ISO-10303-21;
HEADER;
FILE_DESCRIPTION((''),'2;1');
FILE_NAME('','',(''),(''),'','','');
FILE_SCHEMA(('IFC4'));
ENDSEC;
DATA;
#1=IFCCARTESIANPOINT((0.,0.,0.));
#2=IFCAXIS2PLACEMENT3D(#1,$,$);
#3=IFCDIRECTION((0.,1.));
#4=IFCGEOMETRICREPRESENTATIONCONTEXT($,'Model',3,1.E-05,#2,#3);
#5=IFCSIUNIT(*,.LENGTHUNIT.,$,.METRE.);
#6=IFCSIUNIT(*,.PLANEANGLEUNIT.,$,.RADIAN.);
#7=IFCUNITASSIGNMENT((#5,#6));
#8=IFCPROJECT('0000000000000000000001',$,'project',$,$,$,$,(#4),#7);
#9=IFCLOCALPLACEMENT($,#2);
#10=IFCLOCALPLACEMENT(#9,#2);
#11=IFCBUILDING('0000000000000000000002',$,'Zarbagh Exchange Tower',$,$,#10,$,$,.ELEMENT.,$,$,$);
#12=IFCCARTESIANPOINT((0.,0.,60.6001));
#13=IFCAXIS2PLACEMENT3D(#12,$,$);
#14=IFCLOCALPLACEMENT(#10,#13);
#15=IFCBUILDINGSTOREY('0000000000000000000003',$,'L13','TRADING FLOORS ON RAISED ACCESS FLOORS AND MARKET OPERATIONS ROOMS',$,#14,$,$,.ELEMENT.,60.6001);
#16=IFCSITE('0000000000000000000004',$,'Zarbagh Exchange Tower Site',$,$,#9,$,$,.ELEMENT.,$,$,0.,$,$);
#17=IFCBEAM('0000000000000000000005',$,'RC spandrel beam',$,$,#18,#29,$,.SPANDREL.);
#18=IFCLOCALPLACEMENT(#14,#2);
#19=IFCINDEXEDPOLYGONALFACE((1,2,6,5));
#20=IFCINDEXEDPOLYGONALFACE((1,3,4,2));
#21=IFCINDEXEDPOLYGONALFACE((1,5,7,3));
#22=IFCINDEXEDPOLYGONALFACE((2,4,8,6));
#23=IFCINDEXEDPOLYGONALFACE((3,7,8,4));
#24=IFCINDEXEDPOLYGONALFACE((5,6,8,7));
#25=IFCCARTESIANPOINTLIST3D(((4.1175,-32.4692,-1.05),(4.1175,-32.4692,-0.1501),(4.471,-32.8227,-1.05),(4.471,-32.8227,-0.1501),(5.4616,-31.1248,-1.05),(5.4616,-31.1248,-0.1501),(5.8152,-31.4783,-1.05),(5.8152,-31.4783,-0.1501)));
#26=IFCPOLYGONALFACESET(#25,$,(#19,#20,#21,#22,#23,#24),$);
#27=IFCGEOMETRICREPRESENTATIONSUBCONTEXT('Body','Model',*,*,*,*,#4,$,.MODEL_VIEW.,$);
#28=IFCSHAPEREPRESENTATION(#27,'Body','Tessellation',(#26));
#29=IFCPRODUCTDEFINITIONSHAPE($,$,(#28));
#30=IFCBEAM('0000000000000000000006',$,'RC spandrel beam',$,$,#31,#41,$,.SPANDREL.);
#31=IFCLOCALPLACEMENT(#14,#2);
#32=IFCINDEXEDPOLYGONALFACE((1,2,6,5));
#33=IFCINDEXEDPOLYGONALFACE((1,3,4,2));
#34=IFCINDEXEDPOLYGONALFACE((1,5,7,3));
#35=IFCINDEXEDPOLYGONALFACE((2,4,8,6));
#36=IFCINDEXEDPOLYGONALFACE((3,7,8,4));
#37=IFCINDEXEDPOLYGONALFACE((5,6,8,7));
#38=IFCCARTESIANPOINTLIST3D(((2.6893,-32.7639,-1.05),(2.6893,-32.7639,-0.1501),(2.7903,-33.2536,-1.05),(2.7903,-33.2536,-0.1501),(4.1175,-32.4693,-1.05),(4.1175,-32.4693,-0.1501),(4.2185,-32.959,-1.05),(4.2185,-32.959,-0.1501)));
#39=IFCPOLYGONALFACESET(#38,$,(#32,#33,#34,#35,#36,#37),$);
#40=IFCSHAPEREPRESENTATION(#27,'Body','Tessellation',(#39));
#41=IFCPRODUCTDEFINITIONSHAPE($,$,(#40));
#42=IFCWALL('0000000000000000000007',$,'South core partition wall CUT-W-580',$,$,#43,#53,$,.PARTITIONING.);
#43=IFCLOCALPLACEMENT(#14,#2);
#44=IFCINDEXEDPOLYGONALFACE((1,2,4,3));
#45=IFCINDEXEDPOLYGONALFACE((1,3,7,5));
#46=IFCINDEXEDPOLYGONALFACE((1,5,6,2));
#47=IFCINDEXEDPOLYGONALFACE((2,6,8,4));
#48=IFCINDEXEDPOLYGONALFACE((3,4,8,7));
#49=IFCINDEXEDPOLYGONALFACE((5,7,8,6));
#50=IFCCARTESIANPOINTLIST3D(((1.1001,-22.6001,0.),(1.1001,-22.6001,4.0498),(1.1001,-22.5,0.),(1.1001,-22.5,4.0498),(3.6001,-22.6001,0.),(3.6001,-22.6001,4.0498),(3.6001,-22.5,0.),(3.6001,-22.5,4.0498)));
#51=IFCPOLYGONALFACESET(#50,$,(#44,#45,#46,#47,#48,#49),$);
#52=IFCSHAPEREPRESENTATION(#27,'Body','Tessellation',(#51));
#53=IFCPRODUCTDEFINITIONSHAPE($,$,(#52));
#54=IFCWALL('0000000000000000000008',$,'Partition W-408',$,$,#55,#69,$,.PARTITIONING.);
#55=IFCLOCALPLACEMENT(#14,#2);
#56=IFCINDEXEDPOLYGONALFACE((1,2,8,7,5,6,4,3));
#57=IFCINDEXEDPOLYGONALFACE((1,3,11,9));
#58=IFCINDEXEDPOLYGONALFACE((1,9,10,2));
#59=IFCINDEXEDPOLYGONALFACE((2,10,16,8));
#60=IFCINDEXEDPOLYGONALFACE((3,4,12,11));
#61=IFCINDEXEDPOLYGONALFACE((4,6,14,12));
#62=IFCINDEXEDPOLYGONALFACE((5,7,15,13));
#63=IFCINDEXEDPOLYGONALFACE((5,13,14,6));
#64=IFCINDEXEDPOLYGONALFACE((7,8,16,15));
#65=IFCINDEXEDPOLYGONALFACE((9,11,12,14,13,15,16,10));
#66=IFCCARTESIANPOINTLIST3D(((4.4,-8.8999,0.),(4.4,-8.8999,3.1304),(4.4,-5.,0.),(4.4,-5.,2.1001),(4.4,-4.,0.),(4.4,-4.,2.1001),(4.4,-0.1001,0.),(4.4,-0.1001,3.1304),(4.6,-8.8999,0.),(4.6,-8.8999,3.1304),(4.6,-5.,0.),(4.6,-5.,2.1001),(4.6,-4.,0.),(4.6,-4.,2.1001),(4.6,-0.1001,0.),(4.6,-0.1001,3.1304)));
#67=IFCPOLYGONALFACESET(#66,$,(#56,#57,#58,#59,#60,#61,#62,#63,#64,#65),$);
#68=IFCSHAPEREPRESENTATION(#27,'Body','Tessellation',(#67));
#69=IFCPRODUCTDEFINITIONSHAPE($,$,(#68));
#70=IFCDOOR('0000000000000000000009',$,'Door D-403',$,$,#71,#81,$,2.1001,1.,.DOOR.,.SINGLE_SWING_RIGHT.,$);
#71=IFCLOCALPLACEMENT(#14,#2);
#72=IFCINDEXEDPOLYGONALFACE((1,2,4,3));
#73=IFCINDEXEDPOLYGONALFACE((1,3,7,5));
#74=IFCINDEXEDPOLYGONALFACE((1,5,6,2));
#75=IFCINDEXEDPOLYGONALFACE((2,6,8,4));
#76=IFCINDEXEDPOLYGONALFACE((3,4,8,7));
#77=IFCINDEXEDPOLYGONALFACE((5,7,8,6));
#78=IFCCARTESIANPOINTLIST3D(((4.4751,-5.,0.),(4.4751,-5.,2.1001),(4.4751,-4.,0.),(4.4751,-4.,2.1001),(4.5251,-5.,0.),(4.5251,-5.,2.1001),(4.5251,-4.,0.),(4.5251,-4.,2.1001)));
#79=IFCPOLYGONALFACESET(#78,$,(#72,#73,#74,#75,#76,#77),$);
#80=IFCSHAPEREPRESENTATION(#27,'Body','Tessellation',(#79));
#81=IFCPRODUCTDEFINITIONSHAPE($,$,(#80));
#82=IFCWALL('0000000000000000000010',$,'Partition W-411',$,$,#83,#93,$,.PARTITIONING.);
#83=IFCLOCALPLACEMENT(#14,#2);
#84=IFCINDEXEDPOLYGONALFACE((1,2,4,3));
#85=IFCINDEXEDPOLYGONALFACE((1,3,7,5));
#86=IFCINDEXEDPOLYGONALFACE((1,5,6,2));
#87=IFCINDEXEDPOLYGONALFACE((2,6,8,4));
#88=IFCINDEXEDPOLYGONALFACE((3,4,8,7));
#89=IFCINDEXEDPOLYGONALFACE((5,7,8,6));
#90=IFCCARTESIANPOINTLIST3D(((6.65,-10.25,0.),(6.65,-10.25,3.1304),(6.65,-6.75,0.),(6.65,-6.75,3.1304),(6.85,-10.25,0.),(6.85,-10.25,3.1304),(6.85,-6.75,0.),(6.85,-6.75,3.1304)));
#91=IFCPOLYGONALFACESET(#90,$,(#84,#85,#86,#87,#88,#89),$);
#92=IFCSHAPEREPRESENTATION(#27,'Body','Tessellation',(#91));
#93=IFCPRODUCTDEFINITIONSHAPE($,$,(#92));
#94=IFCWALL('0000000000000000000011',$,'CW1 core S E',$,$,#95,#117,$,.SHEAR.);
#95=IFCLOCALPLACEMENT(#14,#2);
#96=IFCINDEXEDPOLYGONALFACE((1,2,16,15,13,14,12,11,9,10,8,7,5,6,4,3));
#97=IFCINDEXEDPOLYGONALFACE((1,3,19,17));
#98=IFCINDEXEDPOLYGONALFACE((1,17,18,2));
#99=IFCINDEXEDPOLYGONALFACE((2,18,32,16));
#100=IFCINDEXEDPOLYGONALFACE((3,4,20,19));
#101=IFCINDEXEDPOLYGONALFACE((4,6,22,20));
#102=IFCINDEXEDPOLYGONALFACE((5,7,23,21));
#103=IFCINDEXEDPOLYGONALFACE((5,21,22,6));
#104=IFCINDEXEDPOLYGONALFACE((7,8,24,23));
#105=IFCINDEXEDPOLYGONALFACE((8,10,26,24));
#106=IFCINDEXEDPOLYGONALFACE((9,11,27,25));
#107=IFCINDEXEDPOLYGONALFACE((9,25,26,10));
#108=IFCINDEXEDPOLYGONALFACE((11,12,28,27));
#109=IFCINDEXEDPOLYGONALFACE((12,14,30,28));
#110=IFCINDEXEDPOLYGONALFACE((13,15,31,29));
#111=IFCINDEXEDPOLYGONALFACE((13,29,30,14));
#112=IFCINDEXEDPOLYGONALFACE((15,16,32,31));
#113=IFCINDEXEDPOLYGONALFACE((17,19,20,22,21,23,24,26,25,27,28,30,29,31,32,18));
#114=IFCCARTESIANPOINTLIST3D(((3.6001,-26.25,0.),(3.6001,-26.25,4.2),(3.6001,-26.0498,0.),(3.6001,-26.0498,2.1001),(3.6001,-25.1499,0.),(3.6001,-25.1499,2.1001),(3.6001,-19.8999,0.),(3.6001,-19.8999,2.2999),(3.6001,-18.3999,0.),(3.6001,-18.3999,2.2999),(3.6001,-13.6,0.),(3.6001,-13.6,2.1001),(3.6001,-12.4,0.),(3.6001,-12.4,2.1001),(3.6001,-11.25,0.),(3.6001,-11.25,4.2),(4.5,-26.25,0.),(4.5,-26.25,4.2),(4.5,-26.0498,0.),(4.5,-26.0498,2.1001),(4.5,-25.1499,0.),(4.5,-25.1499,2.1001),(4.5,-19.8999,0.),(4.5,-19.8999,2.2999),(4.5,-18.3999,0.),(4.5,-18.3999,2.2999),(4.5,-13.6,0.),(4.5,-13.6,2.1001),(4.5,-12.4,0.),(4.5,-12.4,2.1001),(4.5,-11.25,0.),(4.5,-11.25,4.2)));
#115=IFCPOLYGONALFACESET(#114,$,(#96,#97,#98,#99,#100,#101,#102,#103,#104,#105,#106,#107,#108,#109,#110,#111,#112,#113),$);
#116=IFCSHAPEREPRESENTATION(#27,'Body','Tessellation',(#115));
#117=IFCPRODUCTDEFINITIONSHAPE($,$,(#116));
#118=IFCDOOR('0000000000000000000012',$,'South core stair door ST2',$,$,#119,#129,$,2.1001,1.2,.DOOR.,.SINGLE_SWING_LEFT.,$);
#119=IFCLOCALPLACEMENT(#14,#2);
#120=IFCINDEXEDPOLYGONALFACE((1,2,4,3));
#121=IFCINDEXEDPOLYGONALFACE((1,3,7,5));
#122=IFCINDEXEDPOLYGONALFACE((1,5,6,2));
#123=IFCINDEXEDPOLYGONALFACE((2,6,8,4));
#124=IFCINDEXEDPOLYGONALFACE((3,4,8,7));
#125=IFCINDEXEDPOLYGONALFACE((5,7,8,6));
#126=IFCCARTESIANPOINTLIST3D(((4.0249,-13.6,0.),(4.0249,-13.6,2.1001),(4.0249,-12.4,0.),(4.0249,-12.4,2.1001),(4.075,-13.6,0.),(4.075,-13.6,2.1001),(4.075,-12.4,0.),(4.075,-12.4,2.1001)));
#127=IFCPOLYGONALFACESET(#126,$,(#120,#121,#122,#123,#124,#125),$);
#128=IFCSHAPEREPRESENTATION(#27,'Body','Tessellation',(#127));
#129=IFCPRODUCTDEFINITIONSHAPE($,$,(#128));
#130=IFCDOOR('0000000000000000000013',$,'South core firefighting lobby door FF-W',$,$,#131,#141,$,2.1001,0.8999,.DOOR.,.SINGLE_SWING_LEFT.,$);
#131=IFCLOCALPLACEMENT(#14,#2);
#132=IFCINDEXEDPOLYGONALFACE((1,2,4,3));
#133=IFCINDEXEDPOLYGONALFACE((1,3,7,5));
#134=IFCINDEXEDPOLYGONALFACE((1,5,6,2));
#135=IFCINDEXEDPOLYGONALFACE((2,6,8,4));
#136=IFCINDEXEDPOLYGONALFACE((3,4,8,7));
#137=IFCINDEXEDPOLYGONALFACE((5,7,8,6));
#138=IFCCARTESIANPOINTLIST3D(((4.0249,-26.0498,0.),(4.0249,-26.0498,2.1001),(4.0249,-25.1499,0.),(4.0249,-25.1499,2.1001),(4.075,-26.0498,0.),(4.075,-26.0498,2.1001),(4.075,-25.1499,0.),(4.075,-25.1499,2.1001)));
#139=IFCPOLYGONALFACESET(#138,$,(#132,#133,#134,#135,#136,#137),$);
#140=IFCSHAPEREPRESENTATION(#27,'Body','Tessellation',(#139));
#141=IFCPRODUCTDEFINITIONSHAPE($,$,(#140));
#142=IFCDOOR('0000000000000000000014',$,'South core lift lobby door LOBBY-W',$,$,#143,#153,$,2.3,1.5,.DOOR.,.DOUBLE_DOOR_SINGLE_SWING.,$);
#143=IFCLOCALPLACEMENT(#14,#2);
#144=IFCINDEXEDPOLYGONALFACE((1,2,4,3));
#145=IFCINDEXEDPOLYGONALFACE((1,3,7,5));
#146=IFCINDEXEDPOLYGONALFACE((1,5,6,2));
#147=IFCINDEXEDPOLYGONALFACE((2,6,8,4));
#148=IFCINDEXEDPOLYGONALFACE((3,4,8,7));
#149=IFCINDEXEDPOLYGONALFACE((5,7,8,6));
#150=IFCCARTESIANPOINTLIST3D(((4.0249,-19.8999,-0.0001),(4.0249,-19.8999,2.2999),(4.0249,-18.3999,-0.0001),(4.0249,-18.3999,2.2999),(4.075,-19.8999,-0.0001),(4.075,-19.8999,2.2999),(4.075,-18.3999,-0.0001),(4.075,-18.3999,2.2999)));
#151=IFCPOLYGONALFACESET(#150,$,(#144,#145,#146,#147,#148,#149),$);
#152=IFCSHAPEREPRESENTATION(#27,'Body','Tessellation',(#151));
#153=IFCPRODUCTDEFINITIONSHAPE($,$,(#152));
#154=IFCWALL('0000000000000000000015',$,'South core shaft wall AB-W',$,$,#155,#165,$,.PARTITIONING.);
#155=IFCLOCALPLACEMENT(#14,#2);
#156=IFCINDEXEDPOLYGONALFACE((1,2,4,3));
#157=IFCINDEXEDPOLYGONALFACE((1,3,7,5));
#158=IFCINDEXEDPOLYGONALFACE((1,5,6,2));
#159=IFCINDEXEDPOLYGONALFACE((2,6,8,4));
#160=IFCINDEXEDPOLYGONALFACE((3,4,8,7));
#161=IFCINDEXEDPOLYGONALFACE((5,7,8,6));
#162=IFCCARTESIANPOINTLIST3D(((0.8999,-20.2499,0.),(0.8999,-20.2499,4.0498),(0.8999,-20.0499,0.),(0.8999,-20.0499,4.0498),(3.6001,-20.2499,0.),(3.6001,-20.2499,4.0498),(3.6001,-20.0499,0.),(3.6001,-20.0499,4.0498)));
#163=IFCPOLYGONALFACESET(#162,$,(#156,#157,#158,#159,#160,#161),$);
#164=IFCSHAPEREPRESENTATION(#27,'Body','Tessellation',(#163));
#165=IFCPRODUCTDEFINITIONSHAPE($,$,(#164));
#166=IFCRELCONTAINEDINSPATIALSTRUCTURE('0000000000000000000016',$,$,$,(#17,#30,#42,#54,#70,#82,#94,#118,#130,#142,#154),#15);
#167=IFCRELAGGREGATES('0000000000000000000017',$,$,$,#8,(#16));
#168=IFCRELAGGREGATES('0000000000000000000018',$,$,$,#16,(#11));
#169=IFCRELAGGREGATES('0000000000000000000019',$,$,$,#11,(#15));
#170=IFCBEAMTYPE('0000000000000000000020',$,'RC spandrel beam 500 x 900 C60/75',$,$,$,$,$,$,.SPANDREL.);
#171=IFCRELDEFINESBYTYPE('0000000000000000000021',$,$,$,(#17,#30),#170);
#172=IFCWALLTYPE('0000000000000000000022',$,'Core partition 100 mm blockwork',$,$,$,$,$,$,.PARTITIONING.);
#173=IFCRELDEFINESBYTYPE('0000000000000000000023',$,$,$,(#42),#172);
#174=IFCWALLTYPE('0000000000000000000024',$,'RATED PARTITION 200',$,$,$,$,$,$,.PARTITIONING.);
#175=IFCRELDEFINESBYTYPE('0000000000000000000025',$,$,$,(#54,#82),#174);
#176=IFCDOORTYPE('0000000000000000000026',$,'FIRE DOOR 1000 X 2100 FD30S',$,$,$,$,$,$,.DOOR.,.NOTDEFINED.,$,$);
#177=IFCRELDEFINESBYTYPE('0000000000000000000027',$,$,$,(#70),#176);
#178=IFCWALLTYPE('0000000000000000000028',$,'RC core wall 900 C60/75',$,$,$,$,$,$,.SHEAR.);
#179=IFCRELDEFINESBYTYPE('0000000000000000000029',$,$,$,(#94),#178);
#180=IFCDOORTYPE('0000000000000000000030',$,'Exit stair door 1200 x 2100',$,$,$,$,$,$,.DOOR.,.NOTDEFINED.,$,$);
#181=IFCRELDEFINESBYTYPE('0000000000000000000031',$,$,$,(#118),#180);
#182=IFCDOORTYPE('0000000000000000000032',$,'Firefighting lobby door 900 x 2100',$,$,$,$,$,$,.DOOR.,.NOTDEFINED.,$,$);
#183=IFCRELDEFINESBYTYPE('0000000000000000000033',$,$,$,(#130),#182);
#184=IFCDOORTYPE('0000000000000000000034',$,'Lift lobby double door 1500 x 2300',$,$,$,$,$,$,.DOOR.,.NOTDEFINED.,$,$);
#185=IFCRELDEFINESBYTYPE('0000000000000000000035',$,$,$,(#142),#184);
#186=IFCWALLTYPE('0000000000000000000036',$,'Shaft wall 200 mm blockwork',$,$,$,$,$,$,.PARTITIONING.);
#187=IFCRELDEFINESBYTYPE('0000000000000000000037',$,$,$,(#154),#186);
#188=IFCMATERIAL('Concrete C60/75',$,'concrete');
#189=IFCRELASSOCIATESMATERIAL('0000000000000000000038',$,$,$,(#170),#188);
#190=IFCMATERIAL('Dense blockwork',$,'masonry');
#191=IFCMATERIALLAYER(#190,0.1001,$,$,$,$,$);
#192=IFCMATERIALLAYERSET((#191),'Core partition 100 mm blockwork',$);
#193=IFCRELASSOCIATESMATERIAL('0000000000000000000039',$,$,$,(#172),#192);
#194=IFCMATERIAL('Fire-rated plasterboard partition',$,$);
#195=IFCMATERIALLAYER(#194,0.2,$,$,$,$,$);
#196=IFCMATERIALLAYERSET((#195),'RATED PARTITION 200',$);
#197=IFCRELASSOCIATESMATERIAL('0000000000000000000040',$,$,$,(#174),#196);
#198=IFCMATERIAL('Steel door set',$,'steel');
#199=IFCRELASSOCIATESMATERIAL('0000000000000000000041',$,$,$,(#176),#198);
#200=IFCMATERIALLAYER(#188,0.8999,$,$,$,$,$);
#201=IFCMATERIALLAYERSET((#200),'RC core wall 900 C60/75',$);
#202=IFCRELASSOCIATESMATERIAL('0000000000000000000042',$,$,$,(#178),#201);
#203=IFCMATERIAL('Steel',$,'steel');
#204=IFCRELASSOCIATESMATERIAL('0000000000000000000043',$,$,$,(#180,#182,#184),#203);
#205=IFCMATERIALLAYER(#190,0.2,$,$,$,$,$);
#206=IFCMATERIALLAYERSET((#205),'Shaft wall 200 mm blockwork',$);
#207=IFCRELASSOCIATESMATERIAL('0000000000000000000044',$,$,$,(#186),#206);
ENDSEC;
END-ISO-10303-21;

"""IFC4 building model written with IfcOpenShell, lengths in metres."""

from ifc_helpers import new_model, si_unit, direction, frame, frame_2d, origin, origin_2d, place, context, subcontext, project, spatial, rectangle, extrude, material, layer, layer_set, material_profile, profile_set, type_object, element, fill, save


model = new_model("IFC4")

# Units and contexts
model_context = context("Model", 3, precision=1e-05, world=origin(), true_north=direction((0.0, 1.0)))
body_context = subcontext(model_context, "Body", "Model", "MODEL_VIEW")
ifc_project = project(units=[si_unit("LENGTHUNIT", "METRE"), si_unit("PLANEANGLEUNIT", "RADIAN")], contexts=[model_context])

# Site, building, storey
site_placement = place(None, origin())
site = spatial("IfcSite", under=ifc_project, at=site_placement, Name="Zarbagh Exchange Tower Site", CompositionType="ELEMENT", RefElevation=0.0)
building_placement = place(site_placement, origin())
building = spatial("IfcBuilding", under=site, at=building_placement, Name="Zarbagh Exchange Tower", CompositionType="ELEMENT")
storey_placement = place(building_placement, frame((0.0, 0.0, 60.6001)))
storey = spatial("IfcBuildingStorey", under=building, at=storey_placement, Name="L13", Description="TRADING FLOORS ON RAISED ACCESS FLOORS AND MARKET OPERATIONS ROOMS", CompositionType="ELEMENT", Elevation=60.6001)

# Shared definitions
ifc_material_1 = material(Name="Concrete C60/75", Category="concrete")

# Beams
ifc_material_profile_1 = material_profile(ifc_material_1, rectangle(XDim=0.5, YDim=0.8999, at=origin_2d()), Name="RC spandrel beam 500 x 900 C60/75")
ifc_profile_set_1 = profile_set([ifc_material_profile_1], Name="Concrete C60/75")
beam_type_1 = type_object("IfcBeamType", Name="RC spandrel beam 500 x 900 C60/75", PredefinedType="SPANDREL", material=ifc_profile_set_1)
beam_1_placement = place(storey_placement, frame((5.6384, -31.3015, -0.6001), z_axis=(-0.707043, -0.707171, 0.0), x_axis=(0.707171, -0.707043, 0.0)))
element("IfcBeam", 1, at=beam_1_placement, inside=storey, type_object=beam_type_1, Name="RC spandrel beam", PredefinedType="SPANDREL", context=body_context, shape_type="SweptSolid", body=[
    extrude(rectangle(XDim=0.5, YDim=0.8999, at=origin_2d()), origin(), (0.0, 0.0, 1.0), 1.9011),
])
beam_2_placement = place(storey_placement, frame((4.168, -32.7141, -0.6001), z_axis=(-0.979371, -0.202069, 0.0), x_axis=(0.202069, -0.979371, 0.0)))
element("IfcBeam", 2, at=beam_2_placement, inside=storey, type_object=beam_type_1, Name="RC spandrel beam", PredefinedType="SPANDREL", context=body_context, shape_type="SweptSolid", body=[
    extrude(rectangle(XDim=0.5, YDim=0.8999, at=origin_2d()), origin(), (0.0, 0.0, 1.0), 1.4583),
])

# Wall
ifc_material_2 = material(Name="Dense blockwork", Category="masonry")
ifc_layer_1 = layer(ifc_material_2, 0.1001)
ifc_layer_set_1 = layer_set([ifc_layer_1], Name="Core partition 100 mm blockwork")
wall_type_1 = type_object("IfcWallType", Name="Core partition 100 mm blockwork", PredefinedType="PARTITIONING", material=ifc_layer_set_1)
wall_1_placement = place(storey_placement, frame((3.6001, -22.55, 0.0), z_axis=(0.0, 0.0, 1.0), x_axis=(-1.0, 0.0, 0.0)))
element("IfcWall", 3, at=wall_1_placement, inside=storey, type_object=wall_type_1, Name="South core partition wall CUT-W-580", PredefinedType="PARTITIONING", context=body_context, shape_type="SweptSolid", body=[
    extrude(rectangle(XDim=2.5, YDim=0.1001, at=frame_2d((1.25, 0.0))), origin(), (0.0, 0.0, 1.0), 4.0498),
])

# Wall, opening, door
ifc_material_3 = material(Name="Fire-rated plasterboard partition")
ifc_layer_2 = layer(ifc_material_3, 0.2)
ifc_layer_set_2 = layer_set([ifc_layer_2], Name="RATED PARTITION 200")
wall_type_2 = type_object("IfcWallType", Name="RATED PARTITION 200", PredefinedType="PARTITIONING", material=ifc_layer_set_2)
wall_2_placement = place(storey_placement, frame((4.5, -8.8999, 0.0), z_axis=(0.0, 0.0, 1.0), x_axis=(0.0, 1.0, 0.0)))
wall_2 = element("IfcWall", 4, at=wall_2_placement, inside=storey, type_object=wall_type_2, Name="Partition W-408", PredefinedType="PARTITIONING", context=body_context, shape_type="SweptSolid", body=[
    extrude(rectangle(XDim=8.7998, YDim=0.2, at=frame_2d((4.3999, 0.0))), origin(), (0.0, 0.0, 1.0), 3.1304),
])
opening_1_placement = place(wall_2_placement, frame((3.8999, 0.0, 0.0)))
opening_1 = element("IfcOpeningElement", 5, at=opening_1_placement, cuts=wall_2, PredefinedType="OPENING", context=body_context, shape_type="SweptSolid", body=[
    extrude(rectangle(XDim=1.0, YDim=2.1001, at=frame_2d((0.5, 1.05))), frame((0.0, 0.1099, 0.0), z_axis=(0.0, -1.0, 0.0), x_axis=(1.0, 0.0, 0.0)), (0.0, 0.0, 1.0), 0.22),
])
ifc_material_4 = material(Name="Steel door set", Category="steel")
door_type_1 = type_object("IfcDoorType", Name="FIRE DOOR 1000 X 2100 FD30S", OperationType="NOTDEFINED", PredefinedType="DOOR", material=ifc_material_4)
door_1_placement = place(opening_1_placement, origin())
door_1 = element("IfcDoor", 6, at=door_1_placement, inside=storey, type_object=door_type_1, Name="Door D-403", OperationType="SINGLE_SWING_RIGHT", OverallHeight=2.1001, OverallWidth=1.0, PredefinedType="DOOR", context=body_context, shape_type="SweptSolid", body=[
    extrude(rectangle(XDim=1.0, YDim=2.1001, at=frame_2d((0.5, 1.05))), frame((0.0, 0.0249, 0.0), z_axis=(0.0, -1.0, 0.0), x_axis=(1.0, 0.0, 0.0)), (0.0, 0.0, 1.0), 0.05),
])
fill(opening_1, door_1)

# Wall
wall_3_placement = place(storey_placement, frame((6.75, -10.25, 0.0), z_axis=(0.0, 0.0, 1.0), x_axis=(0.0, 1.0, 0.0)))
element("IfcWall", 7, at=wall_3_placement, inside=storey, type_object=wall_type_2, Name="Partition W-411", PredefinedType="PARTITIONING", context=body_context, shape_type="SweptSolid", body=[
    extrude(rectangle(XDim=3.5, YDim=0.2, at=frame_2d((1.75, 0.0))), origin(), (0.0, 0.0, 1.0), 3.1304),
])

# Wall, openings, doors
ifc_layer_3 = layer(ifc_material_1, 0.8999)
ifc_layer_set_3 = layer_set([ifc_layer_3], Name="RC core wall 900 C60/75")
wall_type_3 = type_object("IfcWallType", Name="RC core wall 900 C60/75", PredefinedType="SHEAR", material=ifc_layer_set_3)
wall_4_placement = place(storey_placement, frame((4.05, -11.25, 0.0), z_axis=(0.0, 0.0, 1.0), x_axis=(0.0, -1.0, 0.0)))
wall_4 = element("IfcWall", 8, at=wall_4_placement, inside=storey, type_object=wall_type_3, Name="CW1 core S E", PredefinedType="SHEAR", context=body_context, shape_type="SweptSolid", body=[
    extrude(rectangle(XDim=15.0, YDim=0.8999, at=frame_2d((7.5, 0.0))), origin(), (0.0, 0.0, 1.0), 4.2),
])
opening_2_placement = place(wall_4_placement, frame((7.1499, 0.0, 0.0)))
opening_2 = element("IfcOpeningElement", 9, at=opening_2_placement, cuts=wall_4, PredefinedType="OPENING", context=body_context, shape_type="SweptSolid", body=[
    extrude(rectangle(XDim=1.5, YDim=2.3, at=frame_2d((0.75, 1.1499))), frame((0.0, 0.46, 0.0), z_axis=(0.0, -1.0, 0.0), x_axis=(1.0, 0.0, 0.0)), (0.0, 0.0, 1.0), 0.9199),
])
opening_3_placement = place(wall_4_placement, frame((13.8999, 0.0, 0.0)))
opening_3 = element("IfcOpeningElement", 10, at=opening_3_placement, cuts=wall_4, PredefinedType="OPENING", context=body_context, shape_type="SweptSolid", body=[
    extrude(rectangle(XDim=0.8999, YDim=2.1001, at=frame_2d((0.45, 1.05))), frame((0.0, 0.46, 0.0), z_axis=(0.0, -1.0, 0.0), x_axis=(1.0, 0.0, 0.0)), (0.0, 0.0, 1.0), 0.9199),
])
opening_4_placement = place(wall_4_placement, frame((1.1499, 0.0, 0.0)))
opening_4 = element("IfcOpeningElement", 11, at=opening_4_placement, cuts=wall_4, PredefinedType="OPENING", context=body_context, shape_type="SweptSolid", body=[
    extrude(rectangle(XDim=1.2, YDim=2.1001, at=frame_2d((0.6001, 1.05))), frame((0.0, 0.46, 0.0), z_axis=(0.0, -1.0, 0.0), x_axis=(1.0, 0.0, 0.0)), (0.0, 0.0, 1.0), 0.9199),
])
ifc_material_5 = material(Name="Steel", Category="steel")
door_type_2 = type_object("IfcDoorType", Name="Exit stair door 1200 x 2100", OperationType="NOTDEFINED", PredefinedType="DOOR", material=ifc_material_5)
door_2_placement = place(opening_4_placement, origin())
door_2 = element("IfcDoor", 12, at=door_2_placement, inside=storey, type_object=door_type_2, Name="South core stair door ST2", OperationType="SINGLE_SWING_LEFT", OverallHeight=2.1001, OverallWidth=1.2, PredefinedType="DOOR", context=body_context, shape_type="SweptSolid", body=[
    extrude(rectangle(XDim=1.2, YDim=2.1001, at=frame_2d((0.6001, 1.05))), frame((0.0, 0.0249, 0.0), z_axis=(0.0, -1.0, 0.0), x_axis=(1.0, 0.0, 0.0)), (0.0, 0.0, 1.0), 0.05),
])
fill(opening_4, door_2)
door_type_3 = type_object("IfcDoorType", Name="Firefighting lobby door 900 x 2100", OperationType="NOTDEFINED", PredefinedType="DOOR", material=ifc_material_5)
door_3_placement = place(opening_3_placement, origin())
door_3 = element("IfcDoor", 13, at=door_3_placement, inside=storey, type_object=door_type_3, Name="South core firefighting lobby door FF-W", OperationType="SINGLE_SWING_LEFT", OverallHeight=2.1001, OverallWidth=0.8999, PredefinedType="DOOR", context=body_context, shape_type="SweptSolid", body=[
    extrude(rectangle(XDim=0.8999, YDim=2.1001, at=frame_2d((0.45, 1.05))), frame((0.0, 0.0249, 0.0), z_axis=(0.0, -1.0, 0.0), x_axis=(1.0, 0.0, 0.0)), (0.0, 0.0, 1.0), 0.05),
])
fill(opening_3, door_3)
door_type_4 = type_object("IfcDoorType", Name="Lift lobby double door 1500 x 2300", OperationType="NOTDEFINED", PredefinedType="DOOR", material=ifc_material_5)
door_4_placement = place(opening_2_placement, origin())
door_4 = element("IfcDoor", 14, at=door_4_placement, inside=storey, type_object=door_type_4, Name="South core lift lobby door LOBBY-W", OperationType="DOUBLE_DOOR_SINGLE_SWING", OverallHeight=2.3, OverallWidth=1.5, PredefinedType="DOOR", context=body_context, shape_type="SweptSolid", body=[
    extrude(rectangle(XDim=1.5, YDim=2.3, at=frame_2d((0.75, 1.1499))), frame((0.0, 0.0249, 0.0), z_axis=(0.0, -1.0, 0.0), x_axis=(1.0, 0.0, 0.0)), (0.0, 0.0, 1.0), 0.05),
])
fill(opening_2, door_4)

# Wall
ifc_layer_4 = layer(ifc_material_2, 0.2)
ifc_layer_set_4 = layer_set([ifc_layer_4], Name="Shaft wall 200 mm blockwork")
wall_type_4 = type_object("IfcWallType", Name="Shaft wall 200 mm blockwork", PredefinedType="PARTITIONING", material=ifc_layer_set_4)
wall_5_placement = place(storey_placement, frame((3.6001, -20.1499, 0.0), z_axis=(0.0, 0.0, 1.0), x_axis=(-1.0, 0.0, 0.0)))
element("IfcWall", 15, at=wall_5_placement, inside=storey, type_object=wall_type_4, Name="South core shaft wall AB-W", PredefinedType="PARTITIONING", context=body_context, shape_type="SweptSolid", body=[
    extrude(rectangle(XDim=2.7002, YDim=0.2, at=frame_2d((1.3501, 0.0))), origin(), (0.0, 0.0, 1.0), 4.0498),
])

save(model, "model.ifc")
